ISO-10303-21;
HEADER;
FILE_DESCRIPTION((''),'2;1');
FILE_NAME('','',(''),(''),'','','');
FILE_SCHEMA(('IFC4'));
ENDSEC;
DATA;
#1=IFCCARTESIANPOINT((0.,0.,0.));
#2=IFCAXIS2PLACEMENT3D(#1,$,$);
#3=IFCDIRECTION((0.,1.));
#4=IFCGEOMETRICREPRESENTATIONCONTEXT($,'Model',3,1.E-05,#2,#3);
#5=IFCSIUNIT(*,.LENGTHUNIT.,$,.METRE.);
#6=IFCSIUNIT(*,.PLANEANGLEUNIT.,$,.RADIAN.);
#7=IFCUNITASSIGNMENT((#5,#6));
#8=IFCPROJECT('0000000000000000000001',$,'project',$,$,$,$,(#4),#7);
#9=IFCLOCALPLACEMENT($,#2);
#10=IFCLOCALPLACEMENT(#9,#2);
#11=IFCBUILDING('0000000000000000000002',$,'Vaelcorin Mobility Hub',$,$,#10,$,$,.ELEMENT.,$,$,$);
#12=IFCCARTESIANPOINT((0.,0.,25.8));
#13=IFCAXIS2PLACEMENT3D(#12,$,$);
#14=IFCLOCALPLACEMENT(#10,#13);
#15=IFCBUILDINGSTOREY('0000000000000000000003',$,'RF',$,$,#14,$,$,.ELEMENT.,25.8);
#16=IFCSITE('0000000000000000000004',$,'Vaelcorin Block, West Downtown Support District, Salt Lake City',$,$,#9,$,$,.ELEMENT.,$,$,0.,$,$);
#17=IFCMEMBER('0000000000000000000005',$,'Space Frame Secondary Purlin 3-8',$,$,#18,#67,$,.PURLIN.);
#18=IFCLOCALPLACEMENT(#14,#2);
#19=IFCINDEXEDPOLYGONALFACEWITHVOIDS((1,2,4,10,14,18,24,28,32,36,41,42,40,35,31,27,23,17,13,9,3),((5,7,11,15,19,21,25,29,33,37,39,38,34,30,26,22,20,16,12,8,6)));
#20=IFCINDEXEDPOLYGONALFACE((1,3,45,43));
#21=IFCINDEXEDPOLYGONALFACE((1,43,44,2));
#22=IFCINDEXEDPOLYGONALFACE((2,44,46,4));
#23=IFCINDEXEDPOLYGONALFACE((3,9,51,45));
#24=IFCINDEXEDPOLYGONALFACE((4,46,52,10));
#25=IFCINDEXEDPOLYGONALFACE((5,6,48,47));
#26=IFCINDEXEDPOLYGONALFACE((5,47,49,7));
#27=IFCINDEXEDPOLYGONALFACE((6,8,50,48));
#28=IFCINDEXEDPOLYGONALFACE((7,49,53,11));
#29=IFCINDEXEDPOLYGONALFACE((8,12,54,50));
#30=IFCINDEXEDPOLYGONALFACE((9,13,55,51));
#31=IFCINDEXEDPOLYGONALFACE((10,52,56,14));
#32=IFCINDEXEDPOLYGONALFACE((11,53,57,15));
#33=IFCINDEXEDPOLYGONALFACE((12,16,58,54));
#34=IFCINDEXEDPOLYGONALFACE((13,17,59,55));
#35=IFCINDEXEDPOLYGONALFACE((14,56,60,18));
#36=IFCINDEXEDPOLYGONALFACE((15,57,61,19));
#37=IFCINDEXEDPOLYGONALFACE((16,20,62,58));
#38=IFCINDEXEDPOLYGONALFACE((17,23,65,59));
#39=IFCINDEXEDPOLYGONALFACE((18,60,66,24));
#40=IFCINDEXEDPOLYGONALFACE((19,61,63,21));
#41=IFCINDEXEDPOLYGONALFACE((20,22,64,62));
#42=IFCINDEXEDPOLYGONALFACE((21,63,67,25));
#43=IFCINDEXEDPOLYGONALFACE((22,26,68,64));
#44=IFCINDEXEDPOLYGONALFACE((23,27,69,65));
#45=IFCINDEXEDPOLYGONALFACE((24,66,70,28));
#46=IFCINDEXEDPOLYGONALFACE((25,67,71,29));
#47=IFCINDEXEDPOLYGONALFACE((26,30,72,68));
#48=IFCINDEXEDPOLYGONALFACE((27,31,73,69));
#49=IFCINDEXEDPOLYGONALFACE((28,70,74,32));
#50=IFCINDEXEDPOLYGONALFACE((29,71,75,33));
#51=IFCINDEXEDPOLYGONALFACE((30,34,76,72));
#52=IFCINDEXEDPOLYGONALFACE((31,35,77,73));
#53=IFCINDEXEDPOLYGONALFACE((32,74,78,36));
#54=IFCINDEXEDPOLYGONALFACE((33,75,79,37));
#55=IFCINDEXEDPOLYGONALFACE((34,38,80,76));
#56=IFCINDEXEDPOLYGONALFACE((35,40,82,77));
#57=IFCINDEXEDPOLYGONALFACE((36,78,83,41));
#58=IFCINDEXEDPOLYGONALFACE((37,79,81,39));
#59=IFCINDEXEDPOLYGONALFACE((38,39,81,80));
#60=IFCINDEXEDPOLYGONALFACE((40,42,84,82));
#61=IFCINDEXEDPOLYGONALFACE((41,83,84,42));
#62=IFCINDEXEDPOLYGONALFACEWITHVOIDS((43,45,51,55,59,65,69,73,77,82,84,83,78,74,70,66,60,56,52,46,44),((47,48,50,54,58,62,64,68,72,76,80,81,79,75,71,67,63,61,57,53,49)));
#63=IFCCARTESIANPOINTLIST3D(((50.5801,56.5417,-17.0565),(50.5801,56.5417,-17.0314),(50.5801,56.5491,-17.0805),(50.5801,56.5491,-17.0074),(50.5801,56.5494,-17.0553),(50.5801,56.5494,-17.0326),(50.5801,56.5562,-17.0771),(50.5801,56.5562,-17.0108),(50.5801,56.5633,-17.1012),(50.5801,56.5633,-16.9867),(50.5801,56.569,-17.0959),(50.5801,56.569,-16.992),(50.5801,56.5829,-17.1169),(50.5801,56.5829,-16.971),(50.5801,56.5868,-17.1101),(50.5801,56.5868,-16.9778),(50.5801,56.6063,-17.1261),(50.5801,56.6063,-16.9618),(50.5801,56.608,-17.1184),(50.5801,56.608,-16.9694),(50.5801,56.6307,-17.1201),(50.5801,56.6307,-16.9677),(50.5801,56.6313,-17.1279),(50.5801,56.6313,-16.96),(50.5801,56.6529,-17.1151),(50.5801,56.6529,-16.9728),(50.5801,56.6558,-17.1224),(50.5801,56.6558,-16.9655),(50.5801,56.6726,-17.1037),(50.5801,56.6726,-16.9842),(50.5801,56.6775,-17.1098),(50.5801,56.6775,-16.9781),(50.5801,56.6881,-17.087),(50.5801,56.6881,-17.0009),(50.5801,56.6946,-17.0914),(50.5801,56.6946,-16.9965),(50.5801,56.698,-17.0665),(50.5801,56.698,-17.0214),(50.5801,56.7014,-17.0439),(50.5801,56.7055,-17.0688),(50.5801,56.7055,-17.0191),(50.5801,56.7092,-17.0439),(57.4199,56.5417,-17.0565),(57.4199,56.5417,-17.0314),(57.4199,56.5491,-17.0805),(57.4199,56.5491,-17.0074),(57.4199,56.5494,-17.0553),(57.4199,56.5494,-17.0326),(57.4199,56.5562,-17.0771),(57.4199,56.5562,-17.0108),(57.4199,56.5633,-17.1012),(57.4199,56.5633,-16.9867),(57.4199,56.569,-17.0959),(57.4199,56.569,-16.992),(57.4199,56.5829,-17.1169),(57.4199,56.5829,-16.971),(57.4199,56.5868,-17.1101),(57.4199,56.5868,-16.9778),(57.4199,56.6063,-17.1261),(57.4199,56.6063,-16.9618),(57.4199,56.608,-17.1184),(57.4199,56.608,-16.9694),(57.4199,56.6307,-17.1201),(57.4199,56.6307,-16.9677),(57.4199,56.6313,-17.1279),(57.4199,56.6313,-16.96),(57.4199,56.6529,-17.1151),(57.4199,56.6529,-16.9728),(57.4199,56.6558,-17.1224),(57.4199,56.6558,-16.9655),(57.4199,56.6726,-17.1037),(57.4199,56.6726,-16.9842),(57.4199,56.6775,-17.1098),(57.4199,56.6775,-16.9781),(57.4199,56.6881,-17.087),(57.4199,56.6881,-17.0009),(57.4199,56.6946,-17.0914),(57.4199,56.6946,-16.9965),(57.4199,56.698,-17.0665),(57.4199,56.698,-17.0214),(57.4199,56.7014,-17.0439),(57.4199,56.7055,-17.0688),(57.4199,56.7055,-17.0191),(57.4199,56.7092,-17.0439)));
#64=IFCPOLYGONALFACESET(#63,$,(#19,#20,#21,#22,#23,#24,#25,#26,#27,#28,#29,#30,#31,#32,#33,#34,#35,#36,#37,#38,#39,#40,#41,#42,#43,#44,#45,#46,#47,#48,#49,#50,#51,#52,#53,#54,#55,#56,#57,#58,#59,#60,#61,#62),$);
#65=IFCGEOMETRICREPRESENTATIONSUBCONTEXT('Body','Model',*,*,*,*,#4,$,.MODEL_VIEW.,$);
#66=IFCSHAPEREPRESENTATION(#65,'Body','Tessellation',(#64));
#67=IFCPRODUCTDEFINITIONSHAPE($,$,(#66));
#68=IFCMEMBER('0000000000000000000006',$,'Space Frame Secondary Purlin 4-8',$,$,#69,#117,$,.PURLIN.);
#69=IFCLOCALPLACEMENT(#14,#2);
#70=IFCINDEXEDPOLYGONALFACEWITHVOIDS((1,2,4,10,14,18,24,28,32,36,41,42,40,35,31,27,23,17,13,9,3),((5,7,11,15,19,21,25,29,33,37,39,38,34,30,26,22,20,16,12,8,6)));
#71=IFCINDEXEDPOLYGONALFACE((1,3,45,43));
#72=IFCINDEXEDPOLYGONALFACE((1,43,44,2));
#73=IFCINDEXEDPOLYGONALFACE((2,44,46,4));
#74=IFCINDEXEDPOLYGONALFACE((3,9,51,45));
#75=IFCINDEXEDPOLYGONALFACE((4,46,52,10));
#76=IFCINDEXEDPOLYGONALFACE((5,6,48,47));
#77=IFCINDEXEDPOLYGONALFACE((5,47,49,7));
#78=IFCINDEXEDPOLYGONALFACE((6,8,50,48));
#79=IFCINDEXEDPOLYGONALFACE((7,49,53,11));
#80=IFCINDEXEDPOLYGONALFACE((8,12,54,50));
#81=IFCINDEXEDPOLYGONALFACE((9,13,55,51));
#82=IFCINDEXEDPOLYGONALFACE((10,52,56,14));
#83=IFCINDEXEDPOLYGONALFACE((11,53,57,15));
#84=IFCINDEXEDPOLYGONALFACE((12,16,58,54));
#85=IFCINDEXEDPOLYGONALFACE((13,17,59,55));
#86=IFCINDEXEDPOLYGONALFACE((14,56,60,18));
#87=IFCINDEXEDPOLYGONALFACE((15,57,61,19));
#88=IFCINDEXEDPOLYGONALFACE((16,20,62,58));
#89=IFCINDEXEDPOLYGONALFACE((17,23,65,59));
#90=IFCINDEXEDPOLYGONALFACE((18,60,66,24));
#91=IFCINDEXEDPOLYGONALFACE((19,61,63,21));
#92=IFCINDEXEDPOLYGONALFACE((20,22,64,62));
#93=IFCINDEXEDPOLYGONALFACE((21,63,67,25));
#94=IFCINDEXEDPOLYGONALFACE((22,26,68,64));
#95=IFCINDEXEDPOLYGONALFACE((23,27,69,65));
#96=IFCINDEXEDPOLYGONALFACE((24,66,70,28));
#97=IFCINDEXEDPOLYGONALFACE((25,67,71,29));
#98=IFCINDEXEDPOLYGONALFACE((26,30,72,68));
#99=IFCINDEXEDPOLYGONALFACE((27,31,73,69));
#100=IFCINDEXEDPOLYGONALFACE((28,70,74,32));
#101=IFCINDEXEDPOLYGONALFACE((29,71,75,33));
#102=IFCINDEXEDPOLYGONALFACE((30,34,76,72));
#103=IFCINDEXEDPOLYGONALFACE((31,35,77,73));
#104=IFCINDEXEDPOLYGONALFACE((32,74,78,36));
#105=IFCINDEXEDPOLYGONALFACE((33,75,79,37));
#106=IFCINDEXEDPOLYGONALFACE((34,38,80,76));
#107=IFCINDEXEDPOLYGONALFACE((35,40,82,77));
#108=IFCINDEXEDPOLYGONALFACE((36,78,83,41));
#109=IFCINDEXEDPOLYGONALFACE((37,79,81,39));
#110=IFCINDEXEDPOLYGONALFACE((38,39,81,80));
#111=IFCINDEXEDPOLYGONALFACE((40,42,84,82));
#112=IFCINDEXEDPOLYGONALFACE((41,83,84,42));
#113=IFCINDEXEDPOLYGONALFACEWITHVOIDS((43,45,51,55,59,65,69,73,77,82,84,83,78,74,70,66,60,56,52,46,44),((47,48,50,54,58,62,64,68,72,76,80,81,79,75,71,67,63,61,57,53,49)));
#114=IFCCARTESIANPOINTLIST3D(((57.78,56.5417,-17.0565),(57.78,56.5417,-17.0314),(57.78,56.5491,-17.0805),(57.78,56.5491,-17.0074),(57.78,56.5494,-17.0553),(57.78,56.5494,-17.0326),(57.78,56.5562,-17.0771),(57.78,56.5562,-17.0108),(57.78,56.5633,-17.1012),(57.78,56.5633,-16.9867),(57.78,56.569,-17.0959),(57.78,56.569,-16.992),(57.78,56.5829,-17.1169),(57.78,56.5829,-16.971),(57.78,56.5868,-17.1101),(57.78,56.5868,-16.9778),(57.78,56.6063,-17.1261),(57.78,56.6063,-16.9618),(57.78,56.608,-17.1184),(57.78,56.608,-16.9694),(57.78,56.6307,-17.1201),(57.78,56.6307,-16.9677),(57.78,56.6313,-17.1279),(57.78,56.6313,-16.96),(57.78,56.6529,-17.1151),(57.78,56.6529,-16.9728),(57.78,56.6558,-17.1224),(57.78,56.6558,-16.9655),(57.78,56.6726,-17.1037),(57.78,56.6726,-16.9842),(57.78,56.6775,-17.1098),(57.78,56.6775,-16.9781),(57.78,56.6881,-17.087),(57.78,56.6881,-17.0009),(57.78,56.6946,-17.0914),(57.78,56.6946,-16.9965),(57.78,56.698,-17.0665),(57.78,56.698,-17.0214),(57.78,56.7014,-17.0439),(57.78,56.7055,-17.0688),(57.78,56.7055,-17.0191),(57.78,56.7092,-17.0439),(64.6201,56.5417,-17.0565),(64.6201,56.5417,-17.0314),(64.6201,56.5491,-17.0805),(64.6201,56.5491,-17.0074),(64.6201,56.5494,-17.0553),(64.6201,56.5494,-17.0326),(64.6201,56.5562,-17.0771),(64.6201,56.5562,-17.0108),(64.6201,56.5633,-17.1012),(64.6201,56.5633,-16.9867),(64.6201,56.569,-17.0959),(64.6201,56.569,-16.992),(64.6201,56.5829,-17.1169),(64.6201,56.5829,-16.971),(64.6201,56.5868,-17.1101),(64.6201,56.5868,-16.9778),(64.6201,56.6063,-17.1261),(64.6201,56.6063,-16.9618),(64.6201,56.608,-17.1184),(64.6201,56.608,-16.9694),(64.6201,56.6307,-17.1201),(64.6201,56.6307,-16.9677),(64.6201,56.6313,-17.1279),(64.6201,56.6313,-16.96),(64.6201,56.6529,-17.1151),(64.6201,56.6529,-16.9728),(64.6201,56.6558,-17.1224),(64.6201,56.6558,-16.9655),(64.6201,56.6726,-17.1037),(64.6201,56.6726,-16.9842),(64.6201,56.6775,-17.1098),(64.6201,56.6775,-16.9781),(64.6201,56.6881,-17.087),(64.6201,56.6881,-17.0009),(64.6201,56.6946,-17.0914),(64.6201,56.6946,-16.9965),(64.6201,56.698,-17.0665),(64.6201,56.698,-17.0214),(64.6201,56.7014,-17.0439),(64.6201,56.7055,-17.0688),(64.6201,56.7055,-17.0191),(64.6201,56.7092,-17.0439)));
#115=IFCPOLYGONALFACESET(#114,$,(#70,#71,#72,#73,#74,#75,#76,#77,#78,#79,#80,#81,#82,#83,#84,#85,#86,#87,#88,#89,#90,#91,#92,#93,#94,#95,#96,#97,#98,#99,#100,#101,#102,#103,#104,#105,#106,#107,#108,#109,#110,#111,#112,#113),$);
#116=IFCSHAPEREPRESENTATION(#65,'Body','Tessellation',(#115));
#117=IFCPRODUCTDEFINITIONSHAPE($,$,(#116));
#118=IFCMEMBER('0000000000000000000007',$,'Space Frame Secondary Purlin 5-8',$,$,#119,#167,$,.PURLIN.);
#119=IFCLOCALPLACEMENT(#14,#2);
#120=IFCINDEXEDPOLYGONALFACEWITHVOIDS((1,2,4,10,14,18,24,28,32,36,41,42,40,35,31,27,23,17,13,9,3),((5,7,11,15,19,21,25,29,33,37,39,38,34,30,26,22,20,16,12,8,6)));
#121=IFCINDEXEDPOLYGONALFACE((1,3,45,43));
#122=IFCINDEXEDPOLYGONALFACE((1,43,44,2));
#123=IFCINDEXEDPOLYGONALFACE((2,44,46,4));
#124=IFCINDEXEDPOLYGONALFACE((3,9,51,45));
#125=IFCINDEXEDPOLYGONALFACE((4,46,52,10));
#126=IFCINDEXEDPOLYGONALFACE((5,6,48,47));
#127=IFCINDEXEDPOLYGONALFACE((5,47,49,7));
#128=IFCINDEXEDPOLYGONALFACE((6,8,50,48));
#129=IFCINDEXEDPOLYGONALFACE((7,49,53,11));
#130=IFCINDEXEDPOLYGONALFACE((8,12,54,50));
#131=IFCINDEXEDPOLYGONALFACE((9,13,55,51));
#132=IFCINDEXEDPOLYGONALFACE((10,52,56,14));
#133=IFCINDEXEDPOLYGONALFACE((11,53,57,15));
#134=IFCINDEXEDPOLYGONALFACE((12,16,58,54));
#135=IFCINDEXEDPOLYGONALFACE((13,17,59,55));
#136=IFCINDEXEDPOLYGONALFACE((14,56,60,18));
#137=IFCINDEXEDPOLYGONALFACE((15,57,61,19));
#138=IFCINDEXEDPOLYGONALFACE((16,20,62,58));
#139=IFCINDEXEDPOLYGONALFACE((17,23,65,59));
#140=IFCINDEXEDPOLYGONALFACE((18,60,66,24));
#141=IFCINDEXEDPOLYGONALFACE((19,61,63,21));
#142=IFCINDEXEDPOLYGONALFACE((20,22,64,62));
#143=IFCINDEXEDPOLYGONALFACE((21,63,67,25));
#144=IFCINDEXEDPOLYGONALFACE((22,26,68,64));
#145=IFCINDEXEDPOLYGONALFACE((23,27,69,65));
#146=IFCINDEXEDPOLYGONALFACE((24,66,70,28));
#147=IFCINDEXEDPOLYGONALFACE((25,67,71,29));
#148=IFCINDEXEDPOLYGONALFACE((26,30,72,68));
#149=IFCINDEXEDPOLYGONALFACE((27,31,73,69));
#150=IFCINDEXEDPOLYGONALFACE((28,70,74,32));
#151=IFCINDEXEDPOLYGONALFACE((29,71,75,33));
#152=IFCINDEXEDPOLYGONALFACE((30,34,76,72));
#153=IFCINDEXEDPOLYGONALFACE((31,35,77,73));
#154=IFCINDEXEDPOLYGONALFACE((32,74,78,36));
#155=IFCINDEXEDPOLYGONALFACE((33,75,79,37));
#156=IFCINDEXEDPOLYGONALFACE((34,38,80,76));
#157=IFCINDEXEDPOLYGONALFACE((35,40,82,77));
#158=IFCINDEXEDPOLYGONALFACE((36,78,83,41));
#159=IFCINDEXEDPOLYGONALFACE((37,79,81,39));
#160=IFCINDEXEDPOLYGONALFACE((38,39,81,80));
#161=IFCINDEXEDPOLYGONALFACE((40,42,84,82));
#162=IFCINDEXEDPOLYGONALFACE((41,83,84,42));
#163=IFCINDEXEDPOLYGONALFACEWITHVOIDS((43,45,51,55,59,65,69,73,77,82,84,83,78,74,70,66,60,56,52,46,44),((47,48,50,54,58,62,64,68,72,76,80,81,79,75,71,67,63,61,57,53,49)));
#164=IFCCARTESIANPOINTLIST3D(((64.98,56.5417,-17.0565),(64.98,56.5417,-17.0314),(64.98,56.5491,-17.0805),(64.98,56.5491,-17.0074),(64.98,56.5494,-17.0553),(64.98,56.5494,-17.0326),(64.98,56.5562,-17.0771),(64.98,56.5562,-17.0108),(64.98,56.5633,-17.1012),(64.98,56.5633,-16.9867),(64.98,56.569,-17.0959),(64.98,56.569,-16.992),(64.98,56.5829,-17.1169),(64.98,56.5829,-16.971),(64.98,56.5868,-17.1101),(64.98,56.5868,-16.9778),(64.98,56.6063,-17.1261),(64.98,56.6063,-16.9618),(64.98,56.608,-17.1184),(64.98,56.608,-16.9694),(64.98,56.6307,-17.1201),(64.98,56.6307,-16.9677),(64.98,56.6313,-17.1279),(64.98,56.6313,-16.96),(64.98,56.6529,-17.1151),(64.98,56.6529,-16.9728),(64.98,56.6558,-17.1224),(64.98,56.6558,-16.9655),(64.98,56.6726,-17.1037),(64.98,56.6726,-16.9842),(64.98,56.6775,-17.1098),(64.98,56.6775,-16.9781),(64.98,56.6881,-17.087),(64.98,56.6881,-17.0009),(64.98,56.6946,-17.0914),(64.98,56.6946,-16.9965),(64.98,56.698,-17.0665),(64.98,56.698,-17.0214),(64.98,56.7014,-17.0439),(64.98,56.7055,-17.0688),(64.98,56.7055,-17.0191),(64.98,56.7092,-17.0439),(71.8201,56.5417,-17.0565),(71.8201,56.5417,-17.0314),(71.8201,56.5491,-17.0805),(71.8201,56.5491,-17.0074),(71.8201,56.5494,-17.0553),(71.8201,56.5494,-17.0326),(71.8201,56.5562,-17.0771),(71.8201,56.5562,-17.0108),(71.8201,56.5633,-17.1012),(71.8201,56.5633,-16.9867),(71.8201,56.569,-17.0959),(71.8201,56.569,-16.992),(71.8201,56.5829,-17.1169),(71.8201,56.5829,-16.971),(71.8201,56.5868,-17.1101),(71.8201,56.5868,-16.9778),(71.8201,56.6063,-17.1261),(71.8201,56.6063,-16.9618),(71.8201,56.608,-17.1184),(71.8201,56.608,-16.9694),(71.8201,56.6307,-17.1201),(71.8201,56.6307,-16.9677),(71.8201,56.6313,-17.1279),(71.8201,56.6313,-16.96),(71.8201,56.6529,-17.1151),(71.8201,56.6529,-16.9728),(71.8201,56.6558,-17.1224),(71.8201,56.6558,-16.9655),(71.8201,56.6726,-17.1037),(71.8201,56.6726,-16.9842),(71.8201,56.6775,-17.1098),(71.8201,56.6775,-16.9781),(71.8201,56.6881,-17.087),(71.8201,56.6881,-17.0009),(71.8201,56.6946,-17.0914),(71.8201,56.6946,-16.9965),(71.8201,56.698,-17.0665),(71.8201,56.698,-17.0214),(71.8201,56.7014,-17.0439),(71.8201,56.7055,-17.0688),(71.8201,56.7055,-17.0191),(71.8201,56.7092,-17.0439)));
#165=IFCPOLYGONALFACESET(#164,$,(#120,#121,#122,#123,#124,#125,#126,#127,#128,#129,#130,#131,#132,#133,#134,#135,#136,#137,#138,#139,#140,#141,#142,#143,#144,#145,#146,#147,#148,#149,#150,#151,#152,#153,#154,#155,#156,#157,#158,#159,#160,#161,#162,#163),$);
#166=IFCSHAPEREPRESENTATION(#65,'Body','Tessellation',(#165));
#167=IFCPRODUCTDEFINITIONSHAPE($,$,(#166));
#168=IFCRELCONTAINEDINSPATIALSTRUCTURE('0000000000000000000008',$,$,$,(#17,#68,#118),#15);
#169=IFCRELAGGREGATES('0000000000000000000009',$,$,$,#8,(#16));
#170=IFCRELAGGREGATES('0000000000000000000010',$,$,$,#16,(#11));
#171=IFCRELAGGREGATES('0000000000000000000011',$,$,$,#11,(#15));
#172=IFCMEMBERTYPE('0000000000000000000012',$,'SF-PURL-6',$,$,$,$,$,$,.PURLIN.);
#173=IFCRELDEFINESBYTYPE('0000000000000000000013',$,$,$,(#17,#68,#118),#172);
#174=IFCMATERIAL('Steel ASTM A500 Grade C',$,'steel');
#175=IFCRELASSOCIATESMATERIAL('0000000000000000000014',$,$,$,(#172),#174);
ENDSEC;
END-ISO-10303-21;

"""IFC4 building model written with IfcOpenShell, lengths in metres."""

from ifc_helpers import new_model, si_unit, direction, frame, origin, origin_2d, place, context, subcontext, project, spatial, hollow_circle, extrude, material, material_profile, profile_set, type_object, element, save


model = new_model("IFC4")

# Units and contexts
model_context = context("Model", 3, precision=1e-05, world=origin(), true_north=direction((0.0, 1.0)))
body_context = subcontext(model_context, "Body", "Model", "MODEL_VIEW")
ifc_project = project(units=[si_unit("LENGTHUNIT", "METRE"), si_unit("PLANEANGLEUNIT", "RADIAN")], contexts=[model_context])

# Site, building, storey
site_placement = place(None, origin())
site = spatial("IfcSite", under=ifc_project, at=site_placement, Name="Vaelcorin Block, West Downtown Support District, Salt Lake City", CompositionType="ELEMENT", RefElevation=0.0)
building_placement = place(site_placement, origin())
building = spatial("IfcBuilding", under=site, at=building_placement, Name="Vaelcorin Mobility Hub", CompositionType="ELEMENT")
storey_placement = place(building_placement, frame((0.0, 0.0, 25.8)))
storey = spatial("IfcBuildingStorey", under=building, at=storey_placement, Name="RF", CompositionType="ELEMENT", Elevation=25.8)

# Members
ifc_material_1 = material(Name="Steel ASTM A500 Grade C", Category="steel")
ifc_material_profile_1 = material_profile(ifc_material_1, hollow_circle(Radius=0.0842, WallThickness=0.0078, at=origin_2d()), Name="HSS6.625X0.312")
ifc_profile_set_1 = profile_set([ifc_material_profile_1], Name="Steel ASTM A500 Grade C")
member_type_1 = type_object("IfcMemberType", Name="SF-PURL-6", PredefinedType="PURLIN", material=ifc_profile_set_1)
member_1_placement = place(storey_placement, frame((50.5801, 56.625, -17.0439), z_axis=(1.0, 0.0, 0.0), x_axis=(0.0, 1.0, 0.0)))
element("IfcMember", 1, at=member_1_placement, inside=storey, type_object=member_type_1, Name="Space Frame Secondary Purlin 3-8", PredefinedType="PURLIN", context=body_context, shape_type="SweptSolid", body=[
    extrude(hollow_circle(Radius=0.0842, WallThickness=0.0078, at=origin_2d()), origin(), (0.0, 0.0, 1.0), 6.8398),
])
for number, where, z_axis, x_axis, name in (
    (2, (57.78, 56.625, -17.0439), (1.0, 0.0, 0.0), (0.0, 1.0, 0.0), "Space Frame Secondary Purlin 4-8"),
    (3, (64.98, 56.625, -17.0439), (1.0, 0.0, 0.0), (0.0, 1.0, 0.0), "Space Frame Secondary Purlin 5-8"),
):
    element("IfcMember", number, at=place(storey_placement, frame(where, z_axis=z_axis, x_axis=x_axis)), inside=storey, type_object=member_type_1, Name=name, PredefinedType="PURLIN", context=body_context, shape_type="SweptSolid", body=[
        extrude(hollow_circle(Radius=0.0842, WallThickness=0.0078, at=origin_2d()), origin(), (0.0, 0.0, 1.0), 6.8401),
    ])

save(model, "model.ifc")
